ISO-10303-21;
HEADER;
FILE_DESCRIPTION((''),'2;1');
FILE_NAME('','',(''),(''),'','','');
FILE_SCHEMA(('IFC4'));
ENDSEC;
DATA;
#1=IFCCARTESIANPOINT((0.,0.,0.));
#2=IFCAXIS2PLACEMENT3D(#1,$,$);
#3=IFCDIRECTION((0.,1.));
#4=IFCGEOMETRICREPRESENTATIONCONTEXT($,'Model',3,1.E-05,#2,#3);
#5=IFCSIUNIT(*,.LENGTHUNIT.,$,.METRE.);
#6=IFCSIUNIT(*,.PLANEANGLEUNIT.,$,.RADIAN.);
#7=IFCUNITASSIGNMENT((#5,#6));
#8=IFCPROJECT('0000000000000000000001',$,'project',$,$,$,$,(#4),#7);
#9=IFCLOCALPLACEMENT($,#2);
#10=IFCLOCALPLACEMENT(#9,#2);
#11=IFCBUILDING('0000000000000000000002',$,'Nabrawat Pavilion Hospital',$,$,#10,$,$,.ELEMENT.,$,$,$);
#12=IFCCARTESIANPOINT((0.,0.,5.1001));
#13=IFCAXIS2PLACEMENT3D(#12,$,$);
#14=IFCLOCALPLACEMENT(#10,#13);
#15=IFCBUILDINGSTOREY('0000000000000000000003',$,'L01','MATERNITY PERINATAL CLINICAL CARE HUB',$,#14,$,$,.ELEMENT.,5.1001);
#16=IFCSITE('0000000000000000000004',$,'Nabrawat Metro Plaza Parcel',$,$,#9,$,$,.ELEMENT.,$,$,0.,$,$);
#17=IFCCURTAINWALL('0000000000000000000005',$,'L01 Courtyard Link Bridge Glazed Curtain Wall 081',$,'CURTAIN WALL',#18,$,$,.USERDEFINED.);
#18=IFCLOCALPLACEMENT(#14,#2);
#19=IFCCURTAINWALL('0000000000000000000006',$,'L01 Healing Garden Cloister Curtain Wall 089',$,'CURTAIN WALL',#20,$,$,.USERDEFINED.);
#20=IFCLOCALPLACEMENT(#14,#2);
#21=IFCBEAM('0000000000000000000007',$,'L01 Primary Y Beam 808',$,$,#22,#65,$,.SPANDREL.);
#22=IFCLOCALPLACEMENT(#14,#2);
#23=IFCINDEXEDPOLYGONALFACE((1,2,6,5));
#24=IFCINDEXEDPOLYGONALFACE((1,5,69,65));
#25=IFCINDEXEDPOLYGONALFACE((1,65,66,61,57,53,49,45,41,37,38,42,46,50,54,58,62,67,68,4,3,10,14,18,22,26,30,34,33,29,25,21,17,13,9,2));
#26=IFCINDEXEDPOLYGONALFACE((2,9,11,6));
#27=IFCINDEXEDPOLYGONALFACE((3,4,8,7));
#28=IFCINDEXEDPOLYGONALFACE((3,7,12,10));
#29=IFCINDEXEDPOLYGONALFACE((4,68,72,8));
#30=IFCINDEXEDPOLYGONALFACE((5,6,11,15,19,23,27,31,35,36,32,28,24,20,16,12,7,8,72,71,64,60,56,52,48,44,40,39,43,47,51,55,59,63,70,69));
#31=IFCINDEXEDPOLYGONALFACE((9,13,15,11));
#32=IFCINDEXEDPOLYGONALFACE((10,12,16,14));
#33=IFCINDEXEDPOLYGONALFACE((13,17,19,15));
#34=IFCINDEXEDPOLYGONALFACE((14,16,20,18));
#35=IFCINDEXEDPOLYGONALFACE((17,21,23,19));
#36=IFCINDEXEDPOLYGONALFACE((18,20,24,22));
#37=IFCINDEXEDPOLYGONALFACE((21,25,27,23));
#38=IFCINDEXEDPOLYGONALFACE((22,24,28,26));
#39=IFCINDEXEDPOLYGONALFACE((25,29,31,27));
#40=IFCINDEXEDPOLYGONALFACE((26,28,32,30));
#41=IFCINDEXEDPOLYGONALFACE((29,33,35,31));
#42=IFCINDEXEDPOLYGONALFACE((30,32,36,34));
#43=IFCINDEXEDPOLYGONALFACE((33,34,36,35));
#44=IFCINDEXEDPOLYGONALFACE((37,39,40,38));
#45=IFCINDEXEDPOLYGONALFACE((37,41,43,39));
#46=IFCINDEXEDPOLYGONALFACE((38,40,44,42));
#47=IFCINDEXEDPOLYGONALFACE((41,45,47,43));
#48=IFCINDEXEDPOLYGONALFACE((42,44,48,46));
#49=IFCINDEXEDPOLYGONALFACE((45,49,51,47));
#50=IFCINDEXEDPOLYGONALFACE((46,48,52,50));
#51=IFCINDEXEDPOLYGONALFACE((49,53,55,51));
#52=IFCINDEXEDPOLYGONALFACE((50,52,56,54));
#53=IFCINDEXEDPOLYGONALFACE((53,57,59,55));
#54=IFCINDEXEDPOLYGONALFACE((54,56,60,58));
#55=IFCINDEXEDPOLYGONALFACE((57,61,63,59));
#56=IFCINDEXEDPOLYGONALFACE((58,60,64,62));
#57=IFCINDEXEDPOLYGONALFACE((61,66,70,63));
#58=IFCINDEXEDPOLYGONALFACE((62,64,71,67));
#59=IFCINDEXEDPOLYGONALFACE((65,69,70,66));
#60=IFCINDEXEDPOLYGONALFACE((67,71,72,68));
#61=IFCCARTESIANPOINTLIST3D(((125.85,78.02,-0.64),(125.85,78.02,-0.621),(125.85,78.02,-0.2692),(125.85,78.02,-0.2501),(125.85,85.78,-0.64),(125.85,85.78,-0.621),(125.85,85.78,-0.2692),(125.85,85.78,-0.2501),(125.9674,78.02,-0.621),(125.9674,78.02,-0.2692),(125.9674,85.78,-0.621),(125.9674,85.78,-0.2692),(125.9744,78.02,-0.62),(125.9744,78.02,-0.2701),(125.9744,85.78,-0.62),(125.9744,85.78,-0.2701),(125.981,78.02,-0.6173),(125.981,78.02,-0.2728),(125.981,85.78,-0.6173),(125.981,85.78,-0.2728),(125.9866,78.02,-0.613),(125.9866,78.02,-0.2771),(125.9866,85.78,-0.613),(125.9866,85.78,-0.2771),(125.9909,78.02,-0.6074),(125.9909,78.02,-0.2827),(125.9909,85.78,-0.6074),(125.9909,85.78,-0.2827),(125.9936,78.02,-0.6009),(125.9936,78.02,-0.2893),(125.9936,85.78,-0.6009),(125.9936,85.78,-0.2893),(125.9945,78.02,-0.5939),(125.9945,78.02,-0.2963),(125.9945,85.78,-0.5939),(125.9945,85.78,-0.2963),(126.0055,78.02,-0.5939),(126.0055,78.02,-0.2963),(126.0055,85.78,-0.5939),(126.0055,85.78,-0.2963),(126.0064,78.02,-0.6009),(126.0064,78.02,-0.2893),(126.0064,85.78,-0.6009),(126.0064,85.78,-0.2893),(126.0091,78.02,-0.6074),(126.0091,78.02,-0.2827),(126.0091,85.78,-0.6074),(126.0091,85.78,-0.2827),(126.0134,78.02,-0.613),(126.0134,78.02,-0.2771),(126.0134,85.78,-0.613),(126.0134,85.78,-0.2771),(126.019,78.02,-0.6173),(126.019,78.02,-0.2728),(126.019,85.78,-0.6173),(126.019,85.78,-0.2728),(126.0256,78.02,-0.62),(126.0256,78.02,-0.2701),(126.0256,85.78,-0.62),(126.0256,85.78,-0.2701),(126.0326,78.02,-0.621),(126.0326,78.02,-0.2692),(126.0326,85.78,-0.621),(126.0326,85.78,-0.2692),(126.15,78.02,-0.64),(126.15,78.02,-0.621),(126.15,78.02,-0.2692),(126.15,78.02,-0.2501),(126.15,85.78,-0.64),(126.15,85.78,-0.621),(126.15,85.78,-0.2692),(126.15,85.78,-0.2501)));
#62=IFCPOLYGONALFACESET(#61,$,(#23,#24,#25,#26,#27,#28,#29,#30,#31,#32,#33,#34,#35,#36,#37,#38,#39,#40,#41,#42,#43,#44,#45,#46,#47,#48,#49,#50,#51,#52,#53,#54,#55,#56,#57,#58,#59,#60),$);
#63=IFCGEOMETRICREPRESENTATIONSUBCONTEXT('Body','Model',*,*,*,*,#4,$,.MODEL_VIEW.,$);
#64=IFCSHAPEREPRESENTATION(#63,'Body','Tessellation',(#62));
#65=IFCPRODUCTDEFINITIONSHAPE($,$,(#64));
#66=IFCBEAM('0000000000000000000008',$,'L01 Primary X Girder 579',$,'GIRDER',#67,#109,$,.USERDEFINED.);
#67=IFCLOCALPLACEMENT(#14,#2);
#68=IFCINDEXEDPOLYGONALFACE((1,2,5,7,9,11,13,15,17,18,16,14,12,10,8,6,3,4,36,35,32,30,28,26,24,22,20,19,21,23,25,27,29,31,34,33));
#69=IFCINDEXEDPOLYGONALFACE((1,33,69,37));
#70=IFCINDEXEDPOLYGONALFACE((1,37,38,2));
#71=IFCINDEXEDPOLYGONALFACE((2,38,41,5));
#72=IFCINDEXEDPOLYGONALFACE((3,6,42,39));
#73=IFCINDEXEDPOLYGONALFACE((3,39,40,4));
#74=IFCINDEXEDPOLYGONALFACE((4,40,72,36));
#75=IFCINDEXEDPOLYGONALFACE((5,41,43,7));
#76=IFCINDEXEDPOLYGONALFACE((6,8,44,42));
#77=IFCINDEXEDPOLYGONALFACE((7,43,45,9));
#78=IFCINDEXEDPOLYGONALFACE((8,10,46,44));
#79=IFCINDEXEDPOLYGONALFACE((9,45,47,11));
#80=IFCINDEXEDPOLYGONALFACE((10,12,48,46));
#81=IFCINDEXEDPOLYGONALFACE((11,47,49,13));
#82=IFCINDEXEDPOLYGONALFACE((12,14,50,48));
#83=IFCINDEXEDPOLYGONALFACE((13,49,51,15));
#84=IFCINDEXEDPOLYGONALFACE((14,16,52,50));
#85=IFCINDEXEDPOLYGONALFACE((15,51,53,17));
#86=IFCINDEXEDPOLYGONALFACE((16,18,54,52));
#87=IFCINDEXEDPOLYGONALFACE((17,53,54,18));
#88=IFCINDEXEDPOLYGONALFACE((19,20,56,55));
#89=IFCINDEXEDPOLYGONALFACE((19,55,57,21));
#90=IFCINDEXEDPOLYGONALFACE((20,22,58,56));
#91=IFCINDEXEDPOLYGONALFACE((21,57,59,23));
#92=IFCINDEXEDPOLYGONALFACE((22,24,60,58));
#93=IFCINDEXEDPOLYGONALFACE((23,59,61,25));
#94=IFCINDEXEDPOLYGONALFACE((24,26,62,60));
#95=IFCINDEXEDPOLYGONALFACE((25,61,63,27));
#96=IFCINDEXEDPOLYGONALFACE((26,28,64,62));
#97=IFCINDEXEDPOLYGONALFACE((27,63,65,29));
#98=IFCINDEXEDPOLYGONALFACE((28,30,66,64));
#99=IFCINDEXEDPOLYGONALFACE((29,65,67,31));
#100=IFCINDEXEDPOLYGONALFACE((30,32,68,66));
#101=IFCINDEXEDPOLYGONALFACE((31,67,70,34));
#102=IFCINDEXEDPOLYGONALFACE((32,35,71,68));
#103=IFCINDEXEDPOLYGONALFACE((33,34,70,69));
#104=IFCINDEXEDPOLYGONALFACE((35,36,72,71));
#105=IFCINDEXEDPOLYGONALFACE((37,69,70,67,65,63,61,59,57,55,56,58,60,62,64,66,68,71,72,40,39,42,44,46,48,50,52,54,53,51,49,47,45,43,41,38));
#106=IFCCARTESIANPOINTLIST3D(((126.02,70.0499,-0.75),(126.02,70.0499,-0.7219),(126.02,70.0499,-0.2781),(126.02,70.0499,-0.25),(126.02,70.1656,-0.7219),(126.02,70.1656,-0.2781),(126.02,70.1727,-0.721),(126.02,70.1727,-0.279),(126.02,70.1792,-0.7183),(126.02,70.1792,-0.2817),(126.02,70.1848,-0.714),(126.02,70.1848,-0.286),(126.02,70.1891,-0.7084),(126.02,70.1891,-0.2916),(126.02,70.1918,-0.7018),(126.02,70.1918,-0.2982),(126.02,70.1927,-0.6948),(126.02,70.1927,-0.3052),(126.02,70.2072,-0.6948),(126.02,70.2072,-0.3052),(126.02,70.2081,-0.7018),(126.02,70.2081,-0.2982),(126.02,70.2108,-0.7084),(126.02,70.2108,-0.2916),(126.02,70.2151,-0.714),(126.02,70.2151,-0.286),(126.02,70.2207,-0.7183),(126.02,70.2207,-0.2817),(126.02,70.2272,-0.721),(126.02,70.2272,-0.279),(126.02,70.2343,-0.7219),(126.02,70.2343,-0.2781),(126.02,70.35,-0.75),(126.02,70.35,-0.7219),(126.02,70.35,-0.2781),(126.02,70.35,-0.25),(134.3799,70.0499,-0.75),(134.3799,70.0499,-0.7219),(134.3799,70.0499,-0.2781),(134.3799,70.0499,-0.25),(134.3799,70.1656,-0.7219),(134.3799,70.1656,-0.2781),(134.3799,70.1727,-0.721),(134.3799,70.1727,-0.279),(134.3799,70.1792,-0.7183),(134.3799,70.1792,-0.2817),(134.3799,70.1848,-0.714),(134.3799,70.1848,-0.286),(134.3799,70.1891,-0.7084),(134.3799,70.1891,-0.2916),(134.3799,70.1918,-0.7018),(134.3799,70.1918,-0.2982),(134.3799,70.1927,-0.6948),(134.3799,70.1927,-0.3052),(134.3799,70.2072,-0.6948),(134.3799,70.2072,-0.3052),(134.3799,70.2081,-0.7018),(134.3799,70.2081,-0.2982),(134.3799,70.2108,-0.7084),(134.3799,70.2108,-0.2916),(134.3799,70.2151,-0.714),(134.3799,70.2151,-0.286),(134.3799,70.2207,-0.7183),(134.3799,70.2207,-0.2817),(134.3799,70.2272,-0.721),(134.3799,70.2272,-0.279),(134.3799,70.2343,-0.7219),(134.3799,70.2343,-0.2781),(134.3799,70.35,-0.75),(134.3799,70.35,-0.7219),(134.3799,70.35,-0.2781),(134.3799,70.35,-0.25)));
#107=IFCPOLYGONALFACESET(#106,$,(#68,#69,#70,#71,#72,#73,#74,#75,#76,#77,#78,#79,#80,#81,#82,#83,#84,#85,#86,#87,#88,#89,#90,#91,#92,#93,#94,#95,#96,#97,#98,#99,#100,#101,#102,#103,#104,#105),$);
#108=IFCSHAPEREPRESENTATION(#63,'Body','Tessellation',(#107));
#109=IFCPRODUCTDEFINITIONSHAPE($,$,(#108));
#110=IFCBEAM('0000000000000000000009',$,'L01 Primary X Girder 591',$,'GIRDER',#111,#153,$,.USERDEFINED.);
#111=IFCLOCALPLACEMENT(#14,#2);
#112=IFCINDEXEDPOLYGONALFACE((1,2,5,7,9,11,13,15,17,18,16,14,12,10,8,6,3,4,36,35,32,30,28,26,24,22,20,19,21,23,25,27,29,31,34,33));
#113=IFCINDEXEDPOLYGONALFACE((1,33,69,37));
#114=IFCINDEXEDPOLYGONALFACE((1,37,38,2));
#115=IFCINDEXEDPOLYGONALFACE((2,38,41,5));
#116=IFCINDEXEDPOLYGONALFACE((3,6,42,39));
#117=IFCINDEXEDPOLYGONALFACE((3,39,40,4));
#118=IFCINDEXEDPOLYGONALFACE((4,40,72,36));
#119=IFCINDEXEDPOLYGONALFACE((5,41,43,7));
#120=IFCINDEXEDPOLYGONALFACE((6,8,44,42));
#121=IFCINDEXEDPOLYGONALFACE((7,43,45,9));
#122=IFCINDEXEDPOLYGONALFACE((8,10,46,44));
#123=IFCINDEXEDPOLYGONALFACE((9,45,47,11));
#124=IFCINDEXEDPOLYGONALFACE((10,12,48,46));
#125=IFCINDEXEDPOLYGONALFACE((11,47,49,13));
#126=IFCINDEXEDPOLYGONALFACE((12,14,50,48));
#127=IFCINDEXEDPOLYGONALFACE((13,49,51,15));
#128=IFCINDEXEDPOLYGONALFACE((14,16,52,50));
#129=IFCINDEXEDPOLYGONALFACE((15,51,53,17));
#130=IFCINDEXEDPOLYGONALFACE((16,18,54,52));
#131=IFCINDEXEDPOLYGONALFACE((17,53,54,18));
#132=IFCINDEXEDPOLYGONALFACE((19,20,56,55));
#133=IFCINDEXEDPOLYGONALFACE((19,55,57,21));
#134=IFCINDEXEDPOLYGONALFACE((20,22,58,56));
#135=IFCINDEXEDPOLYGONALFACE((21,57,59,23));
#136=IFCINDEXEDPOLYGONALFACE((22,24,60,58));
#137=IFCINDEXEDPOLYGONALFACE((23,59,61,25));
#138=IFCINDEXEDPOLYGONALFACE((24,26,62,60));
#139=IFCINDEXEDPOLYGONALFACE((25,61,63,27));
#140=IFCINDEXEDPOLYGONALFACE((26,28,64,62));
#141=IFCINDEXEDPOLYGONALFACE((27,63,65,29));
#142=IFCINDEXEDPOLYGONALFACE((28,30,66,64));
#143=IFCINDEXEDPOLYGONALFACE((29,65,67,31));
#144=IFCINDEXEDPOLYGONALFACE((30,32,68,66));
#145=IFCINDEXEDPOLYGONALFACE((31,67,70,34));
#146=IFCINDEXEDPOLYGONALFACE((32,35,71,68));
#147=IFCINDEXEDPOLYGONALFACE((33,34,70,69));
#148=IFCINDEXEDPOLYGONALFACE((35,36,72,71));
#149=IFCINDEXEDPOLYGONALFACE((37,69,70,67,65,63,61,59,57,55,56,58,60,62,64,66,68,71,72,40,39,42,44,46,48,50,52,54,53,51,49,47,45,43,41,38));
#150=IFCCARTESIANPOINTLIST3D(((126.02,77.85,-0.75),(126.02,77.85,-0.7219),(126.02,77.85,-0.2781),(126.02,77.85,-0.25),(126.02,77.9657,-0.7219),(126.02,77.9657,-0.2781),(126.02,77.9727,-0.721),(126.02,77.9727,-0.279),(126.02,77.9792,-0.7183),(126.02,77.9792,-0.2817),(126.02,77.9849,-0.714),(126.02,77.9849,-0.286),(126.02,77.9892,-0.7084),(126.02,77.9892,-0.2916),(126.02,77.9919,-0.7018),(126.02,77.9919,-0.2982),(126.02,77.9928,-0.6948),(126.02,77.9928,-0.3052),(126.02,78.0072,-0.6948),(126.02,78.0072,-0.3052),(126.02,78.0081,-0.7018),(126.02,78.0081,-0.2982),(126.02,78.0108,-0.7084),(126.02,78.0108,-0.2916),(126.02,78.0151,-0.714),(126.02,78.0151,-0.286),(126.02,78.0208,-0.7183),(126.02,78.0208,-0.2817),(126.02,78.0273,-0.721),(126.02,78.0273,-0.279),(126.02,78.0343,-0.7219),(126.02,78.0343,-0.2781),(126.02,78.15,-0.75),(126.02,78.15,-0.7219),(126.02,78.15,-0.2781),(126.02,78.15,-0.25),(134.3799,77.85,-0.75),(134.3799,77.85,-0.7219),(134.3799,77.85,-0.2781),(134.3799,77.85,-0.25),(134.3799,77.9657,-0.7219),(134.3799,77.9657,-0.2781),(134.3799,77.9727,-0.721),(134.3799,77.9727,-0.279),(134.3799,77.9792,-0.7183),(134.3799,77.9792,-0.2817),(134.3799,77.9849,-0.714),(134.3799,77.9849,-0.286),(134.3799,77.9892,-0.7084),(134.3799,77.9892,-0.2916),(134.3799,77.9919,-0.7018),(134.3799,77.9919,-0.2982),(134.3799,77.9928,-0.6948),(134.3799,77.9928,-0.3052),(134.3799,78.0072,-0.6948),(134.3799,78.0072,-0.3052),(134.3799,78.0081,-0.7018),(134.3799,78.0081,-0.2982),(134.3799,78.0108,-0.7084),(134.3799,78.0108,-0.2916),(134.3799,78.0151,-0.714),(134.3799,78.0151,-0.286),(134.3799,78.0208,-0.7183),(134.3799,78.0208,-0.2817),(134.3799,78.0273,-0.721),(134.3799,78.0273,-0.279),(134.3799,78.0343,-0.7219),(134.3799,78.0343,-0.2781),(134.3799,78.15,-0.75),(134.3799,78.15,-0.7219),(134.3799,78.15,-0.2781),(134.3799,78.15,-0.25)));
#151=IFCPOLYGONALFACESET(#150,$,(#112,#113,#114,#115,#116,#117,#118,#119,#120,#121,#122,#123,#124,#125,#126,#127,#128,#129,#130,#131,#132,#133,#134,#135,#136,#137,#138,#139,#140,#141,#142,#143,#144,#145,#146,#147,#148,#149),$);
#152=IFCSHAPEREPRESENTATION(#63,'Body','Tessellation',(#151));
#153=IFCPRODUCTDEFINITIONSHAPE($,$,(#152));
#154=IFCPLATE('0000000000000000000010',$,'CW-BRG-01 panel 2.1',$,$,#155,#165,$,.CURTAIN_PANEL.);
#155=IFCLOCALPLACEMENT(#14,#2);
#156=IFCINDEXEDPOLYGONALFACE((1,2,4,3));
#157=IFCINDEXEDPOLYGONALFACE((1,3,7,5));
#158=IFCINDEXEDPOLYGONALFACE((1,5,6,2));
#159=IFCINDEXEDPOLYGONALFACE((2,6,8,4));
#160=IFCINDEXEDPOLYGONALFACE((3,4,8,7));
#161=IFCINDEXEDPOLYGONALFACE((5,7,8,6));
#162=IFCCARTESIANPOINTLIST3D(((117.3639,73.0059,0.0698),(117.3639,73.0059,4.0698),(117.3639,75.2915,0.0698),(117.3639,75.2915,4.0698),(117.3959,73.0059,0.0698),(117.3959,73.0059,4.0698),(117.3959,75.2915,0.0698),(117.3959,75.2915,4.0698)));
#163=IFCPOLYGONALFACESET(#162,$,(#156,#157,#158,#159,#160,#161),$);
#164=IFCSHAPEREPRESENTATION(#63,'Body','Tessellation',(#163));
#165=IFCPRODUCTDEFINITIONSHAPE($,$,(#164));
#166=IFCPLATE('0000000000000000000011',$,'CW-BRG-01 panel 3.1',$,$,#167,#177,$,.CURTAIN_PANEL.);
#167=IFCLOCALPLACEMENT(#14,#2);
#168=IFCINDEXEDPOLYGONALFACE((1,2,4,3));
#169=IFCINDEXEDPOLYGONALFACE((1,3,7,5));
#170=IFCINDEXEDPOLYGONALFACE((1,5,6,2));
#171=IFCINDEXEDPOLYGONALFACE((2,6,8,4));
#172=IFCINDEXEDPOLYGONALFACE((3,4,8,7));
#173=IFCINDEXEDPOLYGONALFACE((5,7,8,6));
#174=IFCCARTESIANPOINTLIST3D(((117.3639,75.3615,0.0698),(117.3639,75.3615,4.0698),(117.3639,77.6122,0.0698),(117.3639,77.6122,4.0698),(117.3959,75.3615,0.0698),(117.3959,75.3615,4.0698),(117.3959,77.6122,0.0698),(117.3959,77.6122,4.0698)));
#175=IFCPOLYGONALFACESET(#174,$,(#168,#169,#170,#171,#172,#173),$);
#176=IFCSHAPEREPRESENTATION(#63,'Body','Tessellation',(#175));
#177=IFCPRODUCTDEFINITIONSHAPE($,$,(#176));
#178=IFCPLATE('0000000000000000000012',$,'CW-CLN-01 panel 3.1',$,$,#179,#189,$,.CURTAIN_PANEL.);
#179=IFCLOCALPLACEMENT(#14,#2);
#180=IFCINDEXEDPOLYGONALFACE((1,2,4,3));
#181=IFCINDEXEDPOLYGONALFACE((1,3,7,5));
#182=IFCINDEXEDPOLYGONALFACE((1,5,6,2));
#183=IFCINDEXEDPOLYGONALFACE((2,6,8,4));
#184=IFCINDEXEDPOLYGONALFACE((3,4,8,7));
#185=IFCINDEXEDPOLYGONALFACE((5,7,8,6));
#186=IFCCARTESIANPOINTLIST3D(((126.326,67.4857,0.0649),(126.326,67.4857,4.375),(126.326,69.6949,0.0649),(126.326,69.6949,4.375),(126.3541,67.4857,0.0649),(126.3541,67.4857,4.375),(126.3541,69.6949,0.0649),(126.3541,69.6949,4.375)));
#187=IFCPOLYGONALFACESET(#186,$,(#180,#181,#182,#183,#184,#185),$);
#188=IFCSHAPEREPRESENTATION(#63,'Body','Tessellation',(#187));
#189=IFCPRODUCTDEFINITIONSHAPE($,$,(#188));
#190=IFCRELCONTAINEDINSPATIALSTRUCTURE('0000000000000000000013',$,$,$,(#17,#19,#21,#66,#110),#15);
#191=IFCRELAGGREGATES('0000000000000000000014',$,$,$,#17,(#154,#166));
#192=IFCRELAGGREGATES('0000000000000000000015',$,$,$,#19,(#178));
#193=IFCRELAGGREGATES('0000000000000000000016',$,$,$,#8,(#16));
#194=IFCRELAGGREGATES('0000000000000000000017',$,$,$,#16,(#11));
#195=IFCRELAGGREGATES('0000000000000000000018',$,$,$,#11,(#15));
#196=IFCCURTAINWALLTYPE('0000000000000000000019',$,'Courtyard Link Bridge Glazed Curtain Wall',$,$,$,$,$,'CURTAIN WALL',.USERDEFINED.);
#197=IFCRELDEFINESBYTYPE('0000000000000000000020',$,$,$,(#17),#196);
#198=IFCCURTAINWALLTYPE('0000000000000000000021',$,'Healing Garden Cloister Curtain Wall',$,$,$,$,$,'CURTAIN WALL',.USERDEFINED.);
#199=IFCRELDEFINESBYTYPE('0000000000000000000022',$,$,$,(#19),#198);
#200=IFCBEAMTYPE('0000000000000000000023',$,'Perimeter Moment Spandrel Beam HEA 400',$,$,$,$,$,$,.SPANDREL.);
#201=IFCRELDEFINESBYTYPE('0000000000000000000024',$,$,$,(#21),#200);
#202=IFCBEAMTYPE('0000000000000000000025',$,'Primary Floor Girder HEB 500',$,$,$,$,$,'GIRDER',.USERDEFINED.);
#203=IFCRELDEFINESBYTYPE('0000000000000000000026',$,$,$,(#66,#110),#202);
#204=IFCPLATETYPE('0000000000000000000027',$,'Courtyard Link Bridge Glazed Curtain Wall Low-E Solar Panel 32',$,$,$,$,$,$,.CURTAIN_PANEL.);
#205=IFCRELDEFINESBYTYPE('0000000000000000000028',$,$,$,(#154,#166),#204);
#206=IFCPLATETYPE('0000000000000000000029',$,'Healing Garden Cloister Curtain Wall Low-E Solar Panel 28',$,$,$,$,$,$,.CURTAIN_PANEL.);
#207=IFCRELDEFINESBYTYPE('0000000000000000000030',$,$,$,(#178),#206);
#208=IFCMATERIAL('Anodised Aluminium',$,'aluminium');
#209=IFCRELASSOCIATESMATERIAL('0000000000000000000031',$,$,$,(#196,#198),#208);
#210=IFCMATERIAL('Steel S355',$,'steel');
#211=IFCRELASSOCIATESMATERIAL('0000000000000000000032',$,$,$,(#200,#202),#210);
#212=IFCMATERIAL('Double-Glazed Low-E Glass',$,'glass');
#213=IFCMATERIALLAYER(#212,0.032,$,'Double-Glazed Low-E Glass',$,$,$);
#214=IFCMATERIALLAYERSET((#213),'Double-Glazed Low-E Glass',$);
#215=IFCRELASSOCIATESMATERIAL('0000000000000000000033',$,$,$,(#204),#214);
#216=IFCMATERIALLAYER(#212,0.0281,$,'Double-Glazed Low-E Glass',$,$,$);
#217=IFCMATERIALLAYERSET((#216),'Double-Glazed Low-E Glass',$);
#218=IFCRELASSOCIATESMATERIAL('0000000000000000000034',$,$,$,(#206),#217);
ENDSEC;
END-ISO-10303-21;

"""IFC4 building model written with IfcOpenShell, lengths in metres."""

from ifc_helpers import new_model, si_unit, direction, frame, origin, origin_2d, place, context, subcontext, project, spatial, rectangle, i_section, extrude, material, layer, layer_set, material_profile, profile_set, type_object, element, aggregate, save


model = new_model("IFC4")

# Units and contexts
model_context = context("Model", 3, precision=1e-05, world=origin(), true_north=direction((0.0, 1.0)))
body_context = subcontext(model_context, "Body", "Model", "MODEL_VIEW")
ifc_project = project(units=[si_unit("LENGTHUNIT", "METRE"), si_unit("PLANEANGLEUNIT", "RADIAN")], contexts=[model_context])

# Site, building, storey
site_placement = place(None, origin())
site = spatial("IfcSite", under=ifc_project, at=site_placement, Name="Nabrawat Metro Plaza Parcel", CompositionType="ELEMENT", RefElevation=0.0)
building_placement = place(site_placement, origin())
building = spatial("IfcBuilding", under=site, at=building_placement, Name="Nabrawat Pavilion Hospital", CompositionType="ELEMENT")
storey_placement = place(building_placement, frame((0.0, 0.0, 5.1001)))
storey = spatial("IfcBuildingStorey", under=building, at=storey_placement, Name="L01", Description="MATERNITY PERINATAL CLINICAL CARE HUB", CompositionType="ELEMENT", Elevation=5.1001)

# Shared definitions
ifc_material_1 = material(Name="Steel S355", Category="steel")

# Curtain wall
ifc_material_2 = material(Name="Anodised Aluminium", Category="aluminium")
curtain_wall_type_1 = type_object("IfcCurtainWallType", Name="Courtyard Link Bridge Glazed Curtain Wall", ElementType="CURTAIN WALL", PredefinedType="USERDEFINED", material=ifc_material_2)
curtain_wall_1_placement = place(storey_placement, origin())
curtain_wall_1 = element("IfcCurtainWall", 1, at=curtain_wall_1_placement, inside=storey, type_object=curtain_wall_type_1, Name="L01 Courtyard Link Bridge Glazed Curtain Wall 081", ObjectType="CURTAIN WALL", PredefinedType="USERDEFINED")

# Curtain wall
curtain_wall_type_2 = type_object("IfcCurtainWallType", Name="Healing Garden Cloister Curtain Wall", ElementType="CURTAIN WALL", PredefinedType="USERDEFINED", material=ifc_material_2)
curtain_wall_2_placement = place(storey_placement, origin())
curtain_wall_2 = element("IfcCurtainWall", 2, at=curtain_wall_2_placement, inside=storey, type_object=curtain_wall_type_2, Name="L01 Healing Garden Cloister Curtain Wall 089", ObjectType="CURTAIN WALL", PredefinedType="USERDEFINED")

# Beams
ifc_material_profile_1 = material_profile(ifc_material_1, i_section(OverallWidth=0.3, OverallDepth=0.3899, WebThickness=0.011, FlangeThickness=0.019, FilletRadius=0.0271, at=origin_2d()), Name="HEA 400")
ifc_profile_set_1 = profile_set([ifc_material_profile_1], Name="Steel S355")
beam_type_1 = type_object("IfcBeamType", Name="Perimeter Moment Spandrel Beam HEA 400", PredefinedType="SPANDREL", material=ifc_profile_set_1)
for number, where, z_axis, x_axis, name in (
    (3, (126.0, 78.02, -0.4451), (0.0, 1.0, 0.0), (-1.0, 0.0, 0.0), "L01 Primary Y Beam 808"),
):
    element("IfcBeam", number, at=place(storey_placement, frame(where, z_axis=z_axis, x_axis=x_axis)), inside=storey, type_object=beam_type_1, Name=name, PredefinedType="SPANDREL", context=body_context, shape_type="SweptSolid", body=[
        extrude(i_section(OverallWidth=0.3, OverallDepth=0.3899, WebThickness=0.011, FlangeThickness=0.019, FilletRadius=0.0271, at=origin_2d()), origin(), (0.0, 0.0, 1.0), 7.76),
    ])
ifc_material_profile_2 = material_profile(ifc_material_1, i_section(OverallWidth=0.3, OverallDepth=0.5, WebThickness=0.0144, FlangeThickness=0.0281, FilletRadius=0.0271, at=origin_2d()), Name="HEB 500")
ifc_profile_set_2 = profile_set([ifc_material_profile_2], Name="Steel S355")
beam_type_2 = type_object("IfcBeamType", Name="Primary Floor Girder HEB 500", ElementType="GIRDER", PredefinedType="USERDEFINED", material=ifc_profile_set_2)
for number, where, z_axis, x_axis, name in (
    (4, (126.02, 70.2, -0.5), (1.0, 0.0, 0.0), (0.0, 1.0, 0.0), "L01 Primary X Girder 579"),
    (5, (126.02, 78.0, -0.5), (1.0, 0.0, 0.0), (0.0, 1.0, 0.0), "L01 Primary X Girder 591"),
):
    element("IfcBeam", number, at=place(storey_placement, frame(where, z_axis=z_axis, x_axis=x_axis)), inside=storey, type_object=beam_type_2, Name=name, ObjectType="GIRDER", PredefinedType="USERDEFINED", context=body_context, shape_type="SweptSolid", body=[
        extrude(i_section(OverallWidth=0.3, OverallDepth=0.5, WebThickness=0.0144, FlangeThickness=0.0281, FilletRadius=0.0271, at=origin_2d()), origin(), (0.0, 0.0, 1.0), 8.3599),
    ])

# Plates
ifc_material_3 = material(Name="Double-Glazed Low-E Glass", Category="glass")
ifc_layer_1 = layer(ifc_material_3, 0.032, Name="Double-Glazed Low-E Glass")
ifc_layer_set_1 = layer_set([ifc_layer_1], Name="Double-Glazed Low-E Glass")
plate_type_1 = type_object("IfcPlateType", Name="Courtyard Link Bridge Glazed Curtain Wall Low-E Solar Panel 32", PredefinedType="CURTAIN_PANEL", material=ifc_layer_set_1)
plate_1_placement = place(storey_placement, frame((117.3799, 74.1487, 0.0698), z_axis=(0.0, 0.0, 1.0), x_axis=(0.0, 1.0, 0.0)))
plate_1 = element("IfcPlate", 6, at=plate_1_placement, type_object=plate_type_1, Name="CW-BRG-01 panel 2.1", PredefinedType="CURTAIN_PANEL", context=body_context, shape_type="SweptSolid", body=[
    extrude(rectangle(XDim=2.2856, YDim=0.032, at=origin_2d()), origin(), (0.0, 0.0, 1.0), 4.0),
])
plate_2_placement = place(storey_placement, frame((117.3799, 76.4868, 0.0698), z_axis=(0.0, 0.0, 1.0), x_axis=(0.0, 1.0, 0.0)))
plate_2 = element("IfcPlate", 7, at=plate_2_placement, type_object=plate_type_1, Name="CW-BRG-01 panel 3.1", PredefinedType="CURTAIN_PANEL", context=body_context, shape_type="SweptSolid", body=[
    extrude(rectangle(XDim=2.2507, YDim=0.032, at=origin_2d()), origin(), (0.0, 0.0, 1.0), 4.0),
])
aggregate(curtain_wall_1, [plate_1, plate_2])
ifc_layer_2 = layer(ifc_material_3, 0.0281, Name="Double-Glazed Low-E Glass")
ifc_layer_set_2 = layer_set([ifc_layer_2], Name="Double-Glazed Low-E Glass")
plate_type_2 = type_object("IfcPlateType", Name="Healing Garden Cloister Curtain Wall Low-E Solar Panel 28", PredefinedType="CURTAIN_PANEL", material=ifc_layer_set_2)
plate_3_placement = place(storey_placement, frame((126.3401, 68.5903, 0.0649), z_axis=(0.0, 0.0, 1.0), x_axis=(0.0, 1.0, 0.0)))
plate_3 = element("IfcPlate", 8, at=plate_3_placement, type_object=plate_type_2, Name="CW-CLN-01 panel 3.1", PredefinedType="CURTAIN_PANEL", context=body_context, shape_type="SweptSolid", body=[
    extrude(rectangle(XDim=2.2092, YDim=0.0281, at=origin_2d()), origin(), (0.0, 0.0, 1.0), 4.3101),
])
aggregate(curtain_wall_2, [plate_3])

save(model, "model.ifc")
